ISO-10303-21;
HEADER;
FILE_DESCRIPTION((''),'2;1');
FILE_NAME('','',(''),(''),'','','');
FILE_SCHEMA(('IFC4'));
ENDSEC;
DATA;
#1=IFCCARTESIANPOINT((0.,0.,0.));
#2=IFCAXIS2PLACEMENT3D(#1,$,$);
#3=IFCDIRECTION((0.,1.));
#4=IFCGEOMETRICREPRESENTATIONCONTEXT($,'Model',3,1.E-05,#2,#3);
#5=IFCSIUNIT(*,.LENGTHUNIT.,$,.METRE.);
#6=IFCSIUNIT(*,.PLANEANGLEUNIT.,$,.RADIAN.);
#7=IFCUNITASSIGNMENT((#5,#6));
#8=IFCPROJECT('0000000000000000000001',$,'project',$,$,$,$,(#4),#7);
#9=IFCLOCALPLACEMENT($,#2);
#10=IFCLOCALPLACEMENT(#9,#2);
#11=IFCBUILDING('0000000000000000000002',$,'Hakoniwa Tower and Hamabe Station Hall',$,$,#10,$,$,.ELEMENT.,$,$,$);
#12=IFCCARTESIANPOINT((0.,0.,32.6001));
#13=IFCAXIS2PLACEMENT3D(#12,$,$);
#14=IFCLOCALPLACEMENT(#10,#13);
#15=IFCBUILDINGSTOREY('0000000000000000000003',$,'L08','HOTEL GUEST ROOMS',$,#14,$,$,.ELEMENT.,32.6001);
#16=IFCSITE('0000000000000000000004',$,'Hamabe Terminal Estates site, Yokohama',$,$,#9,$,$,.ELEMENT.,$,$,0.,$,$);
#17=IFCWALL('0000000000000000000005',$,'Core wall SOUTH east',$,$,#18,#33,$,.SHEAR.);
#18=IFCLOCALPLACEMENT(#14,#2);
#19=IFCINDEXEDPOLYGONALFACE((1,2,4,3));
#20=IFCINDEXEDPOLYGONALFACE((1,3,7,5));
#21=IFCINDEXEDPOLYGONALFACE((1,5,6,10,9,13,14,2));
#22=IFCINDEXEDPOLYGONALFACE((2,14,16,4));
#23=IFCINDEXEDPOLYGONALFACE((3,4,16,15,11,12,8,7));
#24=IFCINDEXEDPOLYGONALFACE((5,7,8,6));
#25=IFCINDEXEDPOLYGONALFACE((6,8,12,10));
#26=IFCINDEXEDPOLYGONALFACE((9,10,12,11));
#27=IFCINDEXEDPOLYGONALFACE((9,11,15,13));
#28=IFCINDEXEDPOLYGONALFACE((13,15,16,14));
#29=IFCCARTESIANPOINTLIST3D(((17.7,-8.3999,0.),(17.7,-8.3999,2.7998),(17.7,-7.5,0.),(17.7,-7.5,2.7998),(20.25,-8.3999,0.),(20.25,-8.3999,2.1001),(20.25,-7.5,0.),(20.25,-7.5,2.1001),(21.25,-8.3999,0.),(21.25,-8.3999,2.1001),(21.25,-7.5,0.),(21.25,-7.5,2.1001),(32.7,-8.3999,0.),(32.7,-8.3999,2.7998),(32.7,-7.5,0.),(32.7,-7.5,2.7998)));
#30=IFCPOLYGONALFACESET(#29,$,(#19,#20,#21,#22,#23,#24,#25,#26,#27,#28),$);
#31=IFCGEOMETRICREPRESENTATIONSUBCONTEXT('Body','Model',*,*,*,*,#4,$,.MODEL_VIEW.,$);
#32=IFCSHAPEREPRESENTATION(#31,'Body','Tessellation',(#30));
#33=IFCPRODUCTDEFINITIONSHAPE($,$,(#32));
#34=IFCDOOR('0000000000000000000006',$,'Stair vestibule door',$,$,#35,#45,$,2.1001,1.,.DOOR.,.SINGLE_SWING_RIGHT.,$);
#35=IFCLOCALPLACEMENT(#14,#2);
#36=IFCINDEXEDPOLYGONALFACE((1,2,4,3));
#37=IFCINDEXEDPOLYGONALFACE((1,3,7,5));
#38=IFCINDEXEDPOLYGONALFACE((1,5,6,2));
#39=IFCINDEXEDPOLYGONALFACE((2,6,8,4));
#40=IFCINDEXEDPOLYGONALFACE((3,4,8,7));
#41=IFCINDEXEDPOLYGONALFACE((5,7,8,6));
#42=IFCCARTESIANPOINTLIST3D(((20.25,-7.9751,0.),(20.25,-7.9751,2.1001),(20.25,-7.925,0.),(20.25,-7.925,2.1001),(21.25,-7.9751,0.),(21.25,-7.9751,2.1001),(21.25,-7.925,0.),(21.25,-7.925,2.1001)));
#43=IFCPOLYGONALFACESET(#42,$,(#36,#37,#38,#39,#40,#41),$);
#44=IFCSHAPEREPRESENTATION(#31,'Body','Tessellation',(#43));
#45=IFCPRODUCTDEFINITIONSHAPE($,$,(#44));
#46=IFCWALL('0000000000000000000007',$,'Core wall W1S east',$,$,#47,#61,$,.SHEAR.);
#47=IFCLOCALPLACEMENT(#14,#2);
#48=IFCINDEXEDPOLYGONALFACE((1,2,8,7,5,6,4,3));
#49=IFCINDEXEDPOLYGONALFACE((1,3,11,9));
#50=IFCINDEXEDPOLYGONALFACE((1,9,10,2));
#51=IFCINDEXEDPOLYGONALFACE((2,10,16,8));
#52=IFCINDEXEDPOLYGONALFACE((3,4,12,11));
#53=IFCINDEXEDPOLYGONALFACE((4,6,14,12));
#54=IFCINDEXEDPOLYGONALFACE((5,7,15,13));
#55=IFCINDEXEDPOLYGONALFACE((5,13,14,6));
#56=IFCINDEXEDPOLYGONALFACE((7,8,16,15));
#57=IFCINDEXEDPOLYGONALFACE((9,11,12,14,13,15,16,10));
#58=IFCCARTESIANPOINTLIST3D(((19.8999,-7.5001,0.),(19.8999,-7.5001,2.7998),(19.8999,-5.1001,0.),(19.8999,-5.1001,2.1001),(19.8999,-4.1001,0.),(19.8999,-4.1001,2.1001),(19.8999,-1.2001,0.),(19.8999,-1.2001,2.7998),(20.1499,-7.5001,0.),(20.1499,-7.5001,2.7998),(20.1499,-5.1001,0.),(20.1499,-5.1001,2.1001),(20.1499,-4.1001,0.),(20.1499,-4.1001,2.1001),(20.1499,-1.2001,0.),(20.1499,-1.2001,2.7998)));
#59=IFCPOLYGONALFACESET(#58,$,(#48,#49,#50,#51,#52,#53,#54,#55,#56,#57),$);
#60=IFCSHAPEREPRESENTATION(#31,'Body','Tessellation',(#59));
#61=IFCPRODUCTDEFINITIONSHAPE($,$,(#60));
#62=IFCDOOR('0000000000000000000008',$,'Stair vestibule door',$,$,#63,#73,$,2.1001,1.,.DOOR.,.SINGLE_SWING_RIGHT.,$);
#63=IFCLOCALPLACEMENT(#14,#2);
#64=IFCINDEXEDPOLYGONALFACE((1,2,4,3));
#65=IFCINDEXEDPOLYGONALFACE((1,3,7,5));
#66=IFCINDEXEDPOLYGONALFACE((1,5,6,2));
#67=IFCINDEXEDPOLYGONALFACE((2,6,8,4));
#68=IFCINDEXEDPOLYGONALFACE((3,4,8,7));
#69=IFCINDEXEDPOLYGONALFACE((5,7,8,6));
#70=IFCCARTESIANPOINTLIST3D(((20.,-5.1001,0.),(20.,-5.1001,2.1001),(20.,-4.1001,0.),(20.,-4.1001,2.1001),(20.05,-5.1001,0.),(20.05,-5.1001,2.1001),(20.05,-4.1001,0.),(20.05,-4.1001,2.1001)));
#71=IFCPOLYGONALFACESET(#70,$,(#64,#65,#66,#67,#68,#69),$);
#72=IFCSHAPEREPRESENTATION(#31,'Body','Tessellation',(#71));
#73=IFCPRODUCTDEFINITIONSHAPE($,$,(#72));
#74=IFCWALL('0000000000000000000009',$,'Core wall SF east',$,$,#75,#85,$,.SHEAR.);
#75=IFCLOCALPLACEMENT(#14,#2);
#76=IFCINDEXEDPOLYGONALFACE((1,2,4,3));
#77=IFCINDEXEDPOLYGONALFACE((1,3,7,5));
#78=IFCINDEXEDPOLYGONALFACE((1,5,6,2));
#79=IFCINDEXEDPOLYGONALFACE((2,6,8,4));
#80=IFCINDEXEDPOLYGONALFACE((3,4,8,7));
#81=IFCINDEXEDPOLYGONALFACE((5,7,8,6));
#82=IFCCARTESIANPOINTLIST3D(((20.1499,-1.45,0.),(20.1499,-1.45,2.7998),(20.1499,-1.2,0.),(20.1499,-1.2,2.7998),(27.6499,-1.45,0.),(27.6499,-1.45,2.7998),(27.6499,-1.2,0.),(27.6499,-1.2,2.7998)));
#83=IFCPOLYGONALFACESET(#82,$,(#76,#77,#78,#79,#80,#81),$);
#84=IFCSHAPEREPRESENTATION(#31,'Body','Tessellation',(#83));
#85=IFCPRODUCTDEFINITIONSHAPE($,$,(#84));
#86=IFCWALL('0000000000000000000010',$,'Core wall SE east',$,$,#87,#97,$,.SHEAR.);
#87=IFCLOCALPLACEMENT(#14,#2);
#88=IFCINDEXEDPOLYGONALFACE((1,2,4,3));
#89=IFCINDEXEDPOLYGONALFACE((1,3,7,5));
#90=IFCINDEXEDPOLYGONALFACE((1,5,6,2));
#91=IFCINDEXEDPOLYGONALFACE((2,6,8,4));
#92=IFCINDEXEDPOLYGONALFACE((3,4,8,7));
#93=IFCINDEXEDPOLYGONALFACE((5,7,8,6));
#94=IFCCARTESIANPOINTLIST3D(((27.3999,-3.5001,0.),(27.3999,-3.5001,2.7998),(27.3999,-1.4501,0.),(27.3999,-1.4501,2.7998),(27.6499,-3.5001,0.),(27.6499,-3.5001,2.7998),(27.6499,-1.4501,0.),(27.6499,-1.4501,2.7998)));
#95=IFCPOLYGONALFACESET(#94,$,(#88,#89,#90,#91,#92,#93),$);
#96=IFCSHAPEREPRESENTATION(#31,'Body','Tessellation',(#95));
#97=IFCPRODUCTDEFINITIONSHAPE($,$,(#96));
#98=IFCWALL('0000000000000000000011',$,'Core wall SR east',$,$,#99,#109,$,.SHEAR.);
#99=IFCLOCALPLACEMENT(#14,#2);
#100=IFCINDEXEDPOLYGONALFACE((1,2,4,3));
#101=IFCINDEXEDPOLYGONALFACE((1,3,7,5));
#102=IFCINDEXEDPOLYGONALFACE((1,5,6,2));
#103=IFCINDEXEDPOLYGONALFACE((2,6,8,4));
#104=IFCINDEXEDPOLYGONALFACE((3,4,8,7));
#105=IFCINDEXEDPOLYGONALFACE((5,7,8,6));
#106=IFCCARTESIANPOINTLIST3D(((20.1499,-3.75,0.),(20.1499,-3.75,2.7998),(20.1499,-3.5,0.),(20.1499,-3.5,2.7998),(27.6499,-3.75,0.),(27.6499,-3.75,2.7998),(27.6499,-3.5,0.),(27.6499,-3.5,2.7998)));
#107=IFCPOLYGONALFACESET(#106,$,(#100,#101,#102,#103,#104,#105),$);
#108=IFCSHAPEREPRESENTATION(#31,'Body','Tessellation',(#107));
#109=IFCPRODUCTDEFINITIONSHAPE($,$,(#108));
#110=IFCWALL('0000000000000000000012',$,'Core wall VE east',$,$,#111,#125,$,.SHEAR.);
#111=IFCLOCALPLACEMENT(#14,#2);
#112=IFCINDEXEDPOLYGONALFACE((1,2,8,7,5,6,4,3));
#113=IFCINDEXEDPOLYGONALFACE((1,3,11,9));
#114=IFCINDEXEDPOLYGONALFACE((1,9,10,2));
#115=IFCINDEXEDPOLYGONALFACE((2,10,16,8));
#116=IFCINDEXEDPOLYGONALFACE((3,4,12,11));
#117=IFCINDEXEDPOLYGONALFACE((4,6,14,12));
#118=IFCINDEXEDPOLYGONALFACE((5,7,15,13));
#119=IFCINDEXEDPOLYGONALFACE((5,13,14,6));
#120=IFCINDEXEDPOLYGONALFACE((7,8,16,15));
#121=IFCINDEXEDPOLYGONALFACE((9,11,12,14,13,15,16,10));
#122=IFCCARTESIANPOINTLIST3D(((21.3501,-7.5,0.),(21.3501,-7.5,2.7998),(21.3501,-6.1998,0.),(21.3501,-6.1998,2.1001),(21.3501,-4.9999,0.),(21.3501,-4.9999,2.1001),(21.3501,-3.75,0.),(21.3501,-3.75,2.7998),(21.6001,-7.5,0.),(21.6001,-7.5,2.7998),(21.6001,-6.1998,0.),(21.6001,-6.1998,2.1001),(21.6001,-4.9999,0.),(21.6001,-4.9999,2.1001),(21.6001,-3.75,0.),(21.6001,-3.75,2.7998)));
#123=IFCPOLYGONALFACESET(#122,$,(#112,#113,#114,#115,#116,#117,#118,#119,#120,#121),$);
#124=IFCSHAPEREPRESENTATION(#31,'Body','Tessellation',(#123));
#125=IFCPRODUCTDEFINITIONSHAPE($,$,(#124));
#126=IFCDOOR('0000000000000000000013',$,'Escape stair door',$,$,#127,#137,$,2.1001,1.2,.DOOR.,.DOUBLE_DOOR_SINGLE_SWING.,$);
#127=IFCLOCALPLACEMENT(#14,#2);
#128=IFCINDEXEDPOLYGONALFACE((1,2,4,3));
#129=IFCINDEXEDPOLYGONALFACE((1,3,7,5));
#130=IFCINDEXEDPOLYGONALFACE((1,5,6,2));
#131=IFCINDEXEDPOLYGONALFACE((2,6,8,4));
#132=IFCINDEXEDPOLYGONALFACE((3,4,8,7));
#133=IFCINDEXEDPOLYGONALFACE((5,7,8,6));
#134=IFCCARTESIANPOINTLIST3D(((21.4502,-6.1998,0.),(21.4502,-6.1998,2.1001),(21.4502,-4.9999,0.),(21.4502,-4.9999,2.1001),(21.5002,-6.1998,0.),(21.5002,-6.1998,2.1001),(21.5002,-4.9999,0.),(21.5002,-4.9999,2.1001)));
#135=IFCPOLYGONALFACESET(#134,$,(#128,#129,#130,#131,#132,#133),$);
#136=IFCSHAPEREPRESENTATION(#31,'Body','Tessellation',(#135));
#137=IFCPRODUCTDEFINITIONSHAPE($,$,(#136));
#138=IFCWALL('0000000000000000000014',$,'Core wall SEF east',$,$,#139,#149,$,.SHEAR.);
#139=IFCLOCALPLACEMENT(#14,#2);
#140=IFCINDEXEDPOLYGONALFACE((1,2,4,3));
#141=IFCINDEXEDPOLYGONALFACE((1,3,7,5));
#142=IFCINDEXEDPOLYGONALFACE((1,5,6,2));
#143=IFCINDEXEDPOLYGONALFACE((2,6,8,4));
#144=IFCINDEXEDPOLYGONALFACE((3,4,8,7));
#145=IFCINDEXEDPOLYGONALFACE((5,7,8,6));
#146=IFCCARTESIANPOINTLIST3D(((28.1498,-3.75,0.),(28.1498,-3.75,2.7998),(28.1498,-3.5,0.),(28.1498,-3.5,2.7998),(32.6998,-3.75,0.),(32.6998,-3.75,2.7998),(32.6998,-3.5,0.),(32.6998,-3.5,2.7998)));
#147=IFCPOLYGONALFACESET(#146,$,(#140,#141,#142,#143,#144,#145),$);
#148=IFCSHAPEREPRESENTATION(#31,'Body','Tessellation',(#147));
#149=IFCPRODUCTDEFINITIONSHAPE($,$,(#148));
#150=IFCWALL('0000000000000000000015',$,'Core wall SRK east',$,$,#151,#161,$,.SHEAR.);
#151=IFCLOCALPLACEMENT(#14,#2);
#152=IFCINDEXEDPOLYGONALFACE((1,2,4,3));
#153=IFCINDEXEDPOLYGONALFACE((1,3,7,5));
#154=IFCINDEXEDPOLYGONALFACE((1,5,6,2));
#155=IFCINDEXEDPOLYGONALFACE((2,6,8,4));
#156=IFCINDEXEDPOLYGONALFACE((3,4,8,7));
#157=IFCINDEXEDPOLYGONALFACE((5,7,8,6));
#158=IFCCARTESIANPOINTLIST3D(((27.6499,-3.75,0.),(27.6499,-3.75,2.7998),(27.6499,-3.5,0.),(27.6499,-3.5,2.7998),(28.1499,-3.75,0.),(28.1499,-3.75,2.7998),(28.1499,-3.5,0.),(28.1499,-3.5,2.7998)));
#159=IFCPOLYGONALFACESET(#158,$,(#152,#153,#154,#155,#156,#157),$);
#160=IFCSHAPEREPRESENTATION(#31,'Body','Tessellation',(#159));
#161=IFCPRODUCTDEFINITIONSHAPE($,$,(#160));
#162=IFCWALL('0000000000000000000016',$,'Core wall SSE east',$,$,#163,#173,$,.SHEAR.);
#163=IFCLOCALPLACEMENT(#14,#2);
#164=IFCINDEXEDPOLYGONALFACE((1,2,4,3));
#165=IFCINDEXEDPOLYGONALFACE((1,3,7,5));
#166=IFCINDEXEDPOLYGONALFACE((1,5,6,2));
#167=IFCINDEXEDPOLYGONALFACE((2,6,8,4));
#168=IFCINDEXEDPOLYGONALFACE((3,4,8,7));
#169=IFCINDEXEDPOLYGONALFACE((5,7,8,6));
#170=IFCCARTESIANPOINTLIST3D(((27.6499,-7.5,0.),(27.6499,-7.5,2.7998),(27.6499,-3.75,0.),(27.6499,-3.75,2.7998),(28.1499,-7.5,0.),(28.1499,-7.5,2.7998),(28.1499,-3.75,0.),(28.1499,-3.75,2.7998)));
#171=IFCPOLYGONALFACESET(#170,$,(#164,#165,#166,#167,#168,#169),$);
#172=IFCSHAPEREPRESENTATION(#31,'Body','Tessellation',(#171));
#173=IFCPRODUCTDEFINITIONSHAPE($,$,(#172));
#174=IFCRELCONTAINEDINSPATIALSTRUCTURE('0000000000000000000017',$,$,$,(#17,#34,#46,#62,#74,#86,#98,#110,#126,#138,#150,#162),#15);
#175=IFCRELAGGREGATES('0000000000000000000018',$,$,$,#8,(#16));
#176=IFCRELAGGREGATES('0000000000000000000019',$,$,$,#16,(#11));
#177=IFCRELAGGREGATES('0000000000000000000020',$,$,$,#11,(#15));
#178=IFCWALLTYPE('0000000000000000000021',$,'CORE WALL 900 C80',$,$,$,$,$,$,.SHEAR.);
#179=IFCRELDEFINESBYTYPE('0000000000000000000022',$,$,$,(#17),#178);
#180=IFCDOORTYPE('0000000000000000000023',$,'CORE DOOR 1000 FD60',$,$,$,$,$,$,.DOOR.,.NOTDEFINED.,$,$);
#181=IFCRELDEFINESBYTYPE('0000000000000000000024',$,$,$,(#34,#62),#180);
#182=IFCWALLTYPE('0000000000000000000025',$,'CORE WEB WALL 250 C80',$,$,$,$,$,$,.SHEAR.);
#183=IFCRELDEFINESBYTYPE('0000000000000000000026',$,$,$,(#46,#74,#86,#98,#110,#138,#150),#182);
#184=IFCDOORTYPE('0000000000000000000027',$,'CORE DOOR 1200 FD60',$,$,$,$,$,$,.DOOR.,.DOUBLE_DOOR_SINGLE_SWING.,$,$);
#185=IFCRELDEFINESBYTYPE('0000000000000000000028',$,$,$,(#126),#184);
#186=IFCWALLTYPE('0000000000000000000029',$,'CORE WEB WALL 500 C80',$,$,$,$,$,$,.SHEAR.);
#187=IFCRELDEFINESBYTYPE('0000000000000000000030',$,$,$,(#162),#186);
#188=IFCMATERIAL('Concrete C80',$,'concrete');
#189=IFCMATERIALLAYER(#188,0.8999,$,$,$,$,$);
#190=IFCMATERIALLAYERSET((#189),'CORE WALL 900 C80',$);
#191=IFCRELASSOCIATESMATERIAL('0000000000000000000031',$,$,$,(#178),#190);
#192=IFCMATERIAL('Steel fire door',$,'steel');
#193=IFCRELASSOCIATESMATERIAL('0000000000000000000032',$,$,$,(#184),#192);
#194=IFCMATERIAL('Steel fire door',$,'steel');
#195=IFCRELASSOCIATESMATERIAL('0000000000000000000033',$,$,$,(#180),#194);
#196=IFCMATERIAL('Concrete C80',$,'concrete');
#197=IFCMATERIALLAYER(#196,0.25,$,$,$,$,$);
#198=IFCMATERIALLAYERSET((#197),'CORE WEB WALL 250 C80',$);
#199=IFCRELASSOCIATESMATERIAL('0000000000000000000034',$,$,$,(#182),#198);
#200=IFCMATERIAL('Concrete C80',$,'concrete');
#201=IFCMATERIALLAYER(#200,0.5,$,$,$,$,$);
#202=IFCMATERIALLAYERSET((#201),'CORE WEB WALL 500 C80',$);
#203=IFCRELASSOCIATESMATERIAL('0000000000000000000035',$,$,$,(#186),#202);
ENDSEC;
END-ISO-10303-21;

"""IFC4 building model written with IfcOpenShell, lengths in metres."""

from ifc_helpers import new_model, si_unit, direction, frame, frame_2d, origin, place, context, subcontext, project, spatial, rectangle, extrude, material, layer, layer_set, type_object, element, fill, save


model = new_model("IFC4")

# Units and contexts
model_context = context("Model", 3, precision=1e-05, world=origin(), true_north=direction((0.0, 1.0)))
body_context = subcontext(model_context, "Body", "Model", "MODEL_VIEW")
ifc_project = project(units=[si_unit("LENGTHUNIT", "METRE"), si_unit("PLANEANGLEUNIT", "RADIAN")], contexts=[model_context])

# Site, building, storey
site_placement = place(None, origin())
site = spatial("IfcSite", under=ifc_project, at=site_placement, Name="Hamabe Terminal Estates site, Yokohama", CompositionType="ELEMENT", RefElevation=0.0)
building_placement = place(site_placement, origin())
building = spatial("IfcBuilding", under=site, at=building_placement, Name="Hakoniwa Tower and Hamabe Station Hall", CompositionType="ELEMENT")
storey_placement = place(building_placement, frame((0.0, 0.0, 32.6001)))
storey = spatial("IfcBuildingStorey", under=building, at=storey_placement, Name="L08", Description="HOTEL GUEST ROOMS", CompositionType="ELEMENT", Elevation=32.6001)

# Shared definitions
ifc_material_1 = material(Name="Concrete C80", Category="concrete")
ifc_layer_1 = layer(ifc_material_1, 0.8999)
ifc_layer_set_1 = layer_set([ifc_layer_1], Name="CORE WALL 900 C80")
wall_type_1 = type_object("IfcWallType", Name="CORE WALL 900 C80", PredefinedType="SHEAR", material=ifc_layer_set_1)
ifc_material_2 = material(Name="Steel fire door", Category="steel")
door_type_1 = type_object("IfcDoorType", Name="CORE DOOR 1200 FD60", OperationType="DOUBLE_DOOR_SINGLE_SWING", PredefinedType="DOOR", material=ifc_material_2)

# Walls, openings, doors
wall_1_placement = place(storey_placement, frame((17.7, -7.95, 0.0), z_axis=(0.0, 0.0, 1.0), x_axis=(1.0, 0.0, 0.0)))
wall_1 = element("IfcWall", 1, at=wall_1_placement, inside=storey, type_object=wall_type_1, Name="Core wall SOUTH east", PredefinedType="SHEAR", context=body_context, shape_type="SweptSolid", body=[
    extrude(rectangle(XDim=15.0, YDim=0.8999, at=frame_2d((7.5, 0.0))), origin(), (0.0, 0.0, 1.0), 2.7998),
])
opening_1_placement = place(wall_1_placement, frame((2.55, 0.0, 0.0)))
opening_1 = element("IfcOpeningElement", 2, at=opening_1_placement, cuts=wall_1, PredefinedType="OPENING", context=body_context, shape_type="SweptSolid", body=[
    extrude(rectangle(XDim=1.0, YDim=2.1001, at=frame_2d((0.5, 1.05))), frame((0.0, 0.46, 0.0), z_axis=(0.0, -1.0, 0.0), x_axis=(1.0, 0.0, 0.0)), (0.0, 0.0, 1.0), 0.9199),
])
ifc_material_3 = material(Name="Steel fire door", Category="steel")
door_type_2 = type_object("IfcDoorType", Name="CORE DOOR 1000 FD60", OperationType="NOTDEFINED", PredefinedType="DOOR", material=ifc_material_3)
door_1_placement = place(opening_1_placement, origin())
door_1 = element("IfcDoor", 3, at=door_1_placement, inside=storey, type_object=door_type_2, Name="Stair vestibule door", OperationType="SINGLE_SWING_RIGHT", OverallHeight=2.1001, OverallWidth=1.0, PredefinedType="DOOR", context=body_context, shape_type="SweptSolid", body=[
    extrude(rectangle(XDim=1.0, YDim=2.1001, at=frame_2d((0.5, 1.05))), frame((0.0, 0.0249, 0.0), z_axis=(0.0, -1.0, 0.0), x_axis=(1.0, 0.0, 0.0)), (0.0, 0.0, 1.0), 0.05),
])
fill(opening_1, door_1)
ifc_material_4 = material(Name="Concrete C80", Category="concrete")
ifc_layer_2 = layer(ifc_material_4, 0.25)
ifc_layer_set_2 = layer_set([ifc_layer_2], Name="CORE WEB WALL 250 C80")
wall_type_2 = type_object("IfcWallType", Name="CORE WEB WALL 250 C80", PredefinedType="SHEAR", material=ifc_layer_set_2)
wall_2_placement = place(storey_placement, frame((20.0249, -7.5, 0.0), z_axis=(0.0, 0.0, 1.0), x_axis=(0.0, 1.0, 0.0)))
wall_2 = element("IfcWall", 4, at=wall_2_placement, inside=storey, type_object=wall_type_2, Name="Core wall W1S east", PredefinedType="SHEAR", context=body_context, shape_type="SweptSolid", body=[
    extrude(rectangle(XDim=6.3, YDim=0.25, at=frame_2d((3.1499, 0.0))), origin(), (0.0, 0.0, 1.0), 2.7998),
])
opening_2_placement = place(wall_2_placement, frame((2.3999, 0.0, 0.0)))
opening_2 = element("IfcOpeningElement", 5, at=opening_2_placement, cuts=wall_2, PredefinedType="OPENING", context=body_context, shape_type="SweptSolid", body=[
    extrude(rectangle(XDim=1.0, YDim=2.1001, at=frame_2d((0.5, 1.05))), frame((0.0, 0.135, 0.0), z_axis=(0.0, -1.0, 0.0), x_axis=(1.0, 0.0, 0.0)), (0.0, 0.0, 1.0), 0.27),
])
door_2_placement = place(opening_2_placement, origin())
door_2 = element("IfcDoor", 6, at=door_2_placement, inside=storey, type_object=door_type_2, Name="Stair vestibule door", OperationType="SINGLE_SWING_RIGHT", OverallHeight=2.1001, OverallWidth=1.0, PredefinedType="DOOR", context=body_context, shape_type="SweptSolid", body=[
    extrude(rectangle(XDim=1.0, YDim=2.1001, at=frame_2d((0.5, 1.05))), frame((0.0, 0.0249, 0.0), z_axis=(0.0, -1.0, 0.0), x_axis=(1.0, 0.0, 0.0)), (0.0, 0.0, 1.0), 0.05),
])
fill(opening_2, door_2)

# Walls
wall_3_placement = place(storey_placement, frame((20.1499, -1.325, 0.0), z_axis=(0.0, 0.0, 1.0), x_axis=(1.0, 0.0, 0.0)))
element("IfcWall", 7, at=wall_3_placement, inside=storey, type_object=wall_type_2, Name="Core wall SF east", PredefinedType="SHEAR", context=body_context, shape_type="SweptSolid", body=[
    extrude(rectangle(XDim=7.5, YDim=0.25, at=frame_2d((3.75, 0.0))), origin(), (0.0, 0.0, 1.0), 2.7998),
])
wall_4_placement = place(storey_placement, frame((27.5249, -3.5, 0.0), z_axis=(0.0, 0.0, 1.0), x_axis=(0.0, 1.0, 0.0)))
element("IfcWall", 8, at=wall_4_placement, inside=storey, type_object=wall_type_2, Name="Core wall SE east", PredefinedType="SHEAR", context=body_context, shape_type="SweptSolid", body=[
    extrude(rectangle(XDim=2.05, YDim=0.25, at=frame_2d((1.0249, 0.0))), origin(), (0.0, 0.0, 1.0), 2.7998),
])
wall_5_placement = place(storey_placement, frame((20.1499, -3.625, 0.0), z_axis=(0.0, 0.0, 1.0), x_axis=(1.0, 0.0, 0.0)))
element("IfcWall", 9, at=wall_5_placement, inside=storey, type_object=wall_type_2, Name="Core wall SR east", PredefinedType="SHEAR", context=body_context, shape_type="SweptSolid", body=[
    extrude(rectangle(XDim=7.5, YDim=0.25, at=frame_2d((3.75, 0.0))), origin(), (0.0, 0.0, 1.0), 2.7998),
])

# Wall, opening, door
wall_6_placement = place(storey_placement, frame((21.4751, -7.5, 0.0), z_axis=(0.0, 0.0, 1.0), x_axis=(0.0, 1.0, 0.0)))
wall_6 = element("IfcWall", 10, at=wall_6_placement, inside=storey, type_object=wall_type_2, Name="Core wall VE east", PredefinedType="SHEAR", context=body_context, shape_type="SweptSolid", body=[
    extrude(rectangle(XDim=3.75, YDim=0.25, at=frame_2d((1.875, 0.0))), origin(), (0.0, 0.0, 1.0), 2.7998),
])
opening_3_placement = place(wall_6_placement, frame((1.3, 0.0, 0.0)))
opening_3 = element("IfcOpeningElement", 11, at=opening_3_placement, cuts=wall_6, PredefinedType="OPENING", context=body_context, shape_type="SweptSolid", body=[
    extrude(rectangle(XDim=1.2, YDim=2.1001, at=frame_2d((0.6001, 1.05))), frame((0.0, 0.135, 0.0), z_axis=(0.0, -1.0, 0.0), x_axis=(1.0, 0.0, 0.0)), (0.0, 0.0, 1.0), 0.27),
])
door_3_placement = place(opening_3_placement, origin())
door_3 = element("IfcDoor", 12, at=door_3_placement, inside=storey, type_object=door_type_1, Name="Escape stair door", OperationType="DOUBLE_DOOR_SINGLE_SWING", OverallHeight=2.1001, OverallWidth=1.2, PredefinedType="DOOR", context=body_context, shape_type="SweptSolid", body=[
    extrude(rectangle(XDim=1.2, YDim=2.1001, at=frame_2d((0.6001, 1.05))), frame((0.0, 0.0249, 0.0), z_axis=(0.0, -1.0, 0.0), x_axis=(1.0, 0.0, 0.0)), (0.0, 0.0, 1.0), 0.05),
])
fill(opening_3, door_3)

# Walls
wall_7_placement = place(storey_placement, frame((28.1499, -3.625, 0.0), z_axis=(0.0, 0.0, 1.0), x_axis=(1.0, 0.0, 0.0)))
element("IfcWall", 13, at=wall_7_placement, inside=storey, type_object=wall_type_2, Name="Core wall SEF east", PredefinedType="SHEAR", context=body_context, shape_type="SweptSolid", body=[
    extrude(rectangle(XDim=4.55, YDim=0.25, at=frame_2d((2.2749, 0.0))), origin(), (0.0, 0.0, 1.0), 2.7998),
])
wall_8_placement = place(storey_placement, frame((27.6499, -3.625, 0.0), z_axis=(0.0, 0.0, 1.0), x_axis=(1.0, 0.0, 0.0)))
element("IfcWall", 14, at=wall_8_placement, inside=storey, type_object=wall_type_2, Name="Core wall SRK east", PredefinedType="SHEAR", context=body_context, shape_type="SweptSolid", body=[
    extrude(rectangle(XDim=0.5, YDim=0.25, at=frame_2d((0.25, 0.0))), origin(), (0.0, 0.0, 1.0), 2.7998),
])
ifc_material_5 = material(Name="Concrete C80", Category="concrete")
ifc_layer_3 = layer(ifc_material_5, 0.5)
ifc_layer_set_3 = layer_set([ifc_layer_3], Name="CORE WEB WALL 500 C80")
wall_type_3 = type_object("IfcWallType", Name="CORE WEB WALL 500 C80", PredefinedType="SHEAR", material=ifc_layer_set_3)
wall_9_placement = place(storey_placement, frame((27.8999, -7.5, 0.0), z_axis=(0.0, 0.0, 1.0), x_axis=(0.0, 1.0, 0.0)))
element("IfcWall", 15, at=wall_9_placement, inside=storey, type_object=wall_type_3, Name="Core wall SSE east", PredefinedType="SHEAR", context=body_context, shape_type="SweptSolid", body=[
    extrude(rectangle(XDim=3.75, YDim=0.5, at=frame_2d((1.875, 0.0))), origin(), (0.0, 0.0, 1.0), 2.7998),
])

save(model, "model.ifc")
